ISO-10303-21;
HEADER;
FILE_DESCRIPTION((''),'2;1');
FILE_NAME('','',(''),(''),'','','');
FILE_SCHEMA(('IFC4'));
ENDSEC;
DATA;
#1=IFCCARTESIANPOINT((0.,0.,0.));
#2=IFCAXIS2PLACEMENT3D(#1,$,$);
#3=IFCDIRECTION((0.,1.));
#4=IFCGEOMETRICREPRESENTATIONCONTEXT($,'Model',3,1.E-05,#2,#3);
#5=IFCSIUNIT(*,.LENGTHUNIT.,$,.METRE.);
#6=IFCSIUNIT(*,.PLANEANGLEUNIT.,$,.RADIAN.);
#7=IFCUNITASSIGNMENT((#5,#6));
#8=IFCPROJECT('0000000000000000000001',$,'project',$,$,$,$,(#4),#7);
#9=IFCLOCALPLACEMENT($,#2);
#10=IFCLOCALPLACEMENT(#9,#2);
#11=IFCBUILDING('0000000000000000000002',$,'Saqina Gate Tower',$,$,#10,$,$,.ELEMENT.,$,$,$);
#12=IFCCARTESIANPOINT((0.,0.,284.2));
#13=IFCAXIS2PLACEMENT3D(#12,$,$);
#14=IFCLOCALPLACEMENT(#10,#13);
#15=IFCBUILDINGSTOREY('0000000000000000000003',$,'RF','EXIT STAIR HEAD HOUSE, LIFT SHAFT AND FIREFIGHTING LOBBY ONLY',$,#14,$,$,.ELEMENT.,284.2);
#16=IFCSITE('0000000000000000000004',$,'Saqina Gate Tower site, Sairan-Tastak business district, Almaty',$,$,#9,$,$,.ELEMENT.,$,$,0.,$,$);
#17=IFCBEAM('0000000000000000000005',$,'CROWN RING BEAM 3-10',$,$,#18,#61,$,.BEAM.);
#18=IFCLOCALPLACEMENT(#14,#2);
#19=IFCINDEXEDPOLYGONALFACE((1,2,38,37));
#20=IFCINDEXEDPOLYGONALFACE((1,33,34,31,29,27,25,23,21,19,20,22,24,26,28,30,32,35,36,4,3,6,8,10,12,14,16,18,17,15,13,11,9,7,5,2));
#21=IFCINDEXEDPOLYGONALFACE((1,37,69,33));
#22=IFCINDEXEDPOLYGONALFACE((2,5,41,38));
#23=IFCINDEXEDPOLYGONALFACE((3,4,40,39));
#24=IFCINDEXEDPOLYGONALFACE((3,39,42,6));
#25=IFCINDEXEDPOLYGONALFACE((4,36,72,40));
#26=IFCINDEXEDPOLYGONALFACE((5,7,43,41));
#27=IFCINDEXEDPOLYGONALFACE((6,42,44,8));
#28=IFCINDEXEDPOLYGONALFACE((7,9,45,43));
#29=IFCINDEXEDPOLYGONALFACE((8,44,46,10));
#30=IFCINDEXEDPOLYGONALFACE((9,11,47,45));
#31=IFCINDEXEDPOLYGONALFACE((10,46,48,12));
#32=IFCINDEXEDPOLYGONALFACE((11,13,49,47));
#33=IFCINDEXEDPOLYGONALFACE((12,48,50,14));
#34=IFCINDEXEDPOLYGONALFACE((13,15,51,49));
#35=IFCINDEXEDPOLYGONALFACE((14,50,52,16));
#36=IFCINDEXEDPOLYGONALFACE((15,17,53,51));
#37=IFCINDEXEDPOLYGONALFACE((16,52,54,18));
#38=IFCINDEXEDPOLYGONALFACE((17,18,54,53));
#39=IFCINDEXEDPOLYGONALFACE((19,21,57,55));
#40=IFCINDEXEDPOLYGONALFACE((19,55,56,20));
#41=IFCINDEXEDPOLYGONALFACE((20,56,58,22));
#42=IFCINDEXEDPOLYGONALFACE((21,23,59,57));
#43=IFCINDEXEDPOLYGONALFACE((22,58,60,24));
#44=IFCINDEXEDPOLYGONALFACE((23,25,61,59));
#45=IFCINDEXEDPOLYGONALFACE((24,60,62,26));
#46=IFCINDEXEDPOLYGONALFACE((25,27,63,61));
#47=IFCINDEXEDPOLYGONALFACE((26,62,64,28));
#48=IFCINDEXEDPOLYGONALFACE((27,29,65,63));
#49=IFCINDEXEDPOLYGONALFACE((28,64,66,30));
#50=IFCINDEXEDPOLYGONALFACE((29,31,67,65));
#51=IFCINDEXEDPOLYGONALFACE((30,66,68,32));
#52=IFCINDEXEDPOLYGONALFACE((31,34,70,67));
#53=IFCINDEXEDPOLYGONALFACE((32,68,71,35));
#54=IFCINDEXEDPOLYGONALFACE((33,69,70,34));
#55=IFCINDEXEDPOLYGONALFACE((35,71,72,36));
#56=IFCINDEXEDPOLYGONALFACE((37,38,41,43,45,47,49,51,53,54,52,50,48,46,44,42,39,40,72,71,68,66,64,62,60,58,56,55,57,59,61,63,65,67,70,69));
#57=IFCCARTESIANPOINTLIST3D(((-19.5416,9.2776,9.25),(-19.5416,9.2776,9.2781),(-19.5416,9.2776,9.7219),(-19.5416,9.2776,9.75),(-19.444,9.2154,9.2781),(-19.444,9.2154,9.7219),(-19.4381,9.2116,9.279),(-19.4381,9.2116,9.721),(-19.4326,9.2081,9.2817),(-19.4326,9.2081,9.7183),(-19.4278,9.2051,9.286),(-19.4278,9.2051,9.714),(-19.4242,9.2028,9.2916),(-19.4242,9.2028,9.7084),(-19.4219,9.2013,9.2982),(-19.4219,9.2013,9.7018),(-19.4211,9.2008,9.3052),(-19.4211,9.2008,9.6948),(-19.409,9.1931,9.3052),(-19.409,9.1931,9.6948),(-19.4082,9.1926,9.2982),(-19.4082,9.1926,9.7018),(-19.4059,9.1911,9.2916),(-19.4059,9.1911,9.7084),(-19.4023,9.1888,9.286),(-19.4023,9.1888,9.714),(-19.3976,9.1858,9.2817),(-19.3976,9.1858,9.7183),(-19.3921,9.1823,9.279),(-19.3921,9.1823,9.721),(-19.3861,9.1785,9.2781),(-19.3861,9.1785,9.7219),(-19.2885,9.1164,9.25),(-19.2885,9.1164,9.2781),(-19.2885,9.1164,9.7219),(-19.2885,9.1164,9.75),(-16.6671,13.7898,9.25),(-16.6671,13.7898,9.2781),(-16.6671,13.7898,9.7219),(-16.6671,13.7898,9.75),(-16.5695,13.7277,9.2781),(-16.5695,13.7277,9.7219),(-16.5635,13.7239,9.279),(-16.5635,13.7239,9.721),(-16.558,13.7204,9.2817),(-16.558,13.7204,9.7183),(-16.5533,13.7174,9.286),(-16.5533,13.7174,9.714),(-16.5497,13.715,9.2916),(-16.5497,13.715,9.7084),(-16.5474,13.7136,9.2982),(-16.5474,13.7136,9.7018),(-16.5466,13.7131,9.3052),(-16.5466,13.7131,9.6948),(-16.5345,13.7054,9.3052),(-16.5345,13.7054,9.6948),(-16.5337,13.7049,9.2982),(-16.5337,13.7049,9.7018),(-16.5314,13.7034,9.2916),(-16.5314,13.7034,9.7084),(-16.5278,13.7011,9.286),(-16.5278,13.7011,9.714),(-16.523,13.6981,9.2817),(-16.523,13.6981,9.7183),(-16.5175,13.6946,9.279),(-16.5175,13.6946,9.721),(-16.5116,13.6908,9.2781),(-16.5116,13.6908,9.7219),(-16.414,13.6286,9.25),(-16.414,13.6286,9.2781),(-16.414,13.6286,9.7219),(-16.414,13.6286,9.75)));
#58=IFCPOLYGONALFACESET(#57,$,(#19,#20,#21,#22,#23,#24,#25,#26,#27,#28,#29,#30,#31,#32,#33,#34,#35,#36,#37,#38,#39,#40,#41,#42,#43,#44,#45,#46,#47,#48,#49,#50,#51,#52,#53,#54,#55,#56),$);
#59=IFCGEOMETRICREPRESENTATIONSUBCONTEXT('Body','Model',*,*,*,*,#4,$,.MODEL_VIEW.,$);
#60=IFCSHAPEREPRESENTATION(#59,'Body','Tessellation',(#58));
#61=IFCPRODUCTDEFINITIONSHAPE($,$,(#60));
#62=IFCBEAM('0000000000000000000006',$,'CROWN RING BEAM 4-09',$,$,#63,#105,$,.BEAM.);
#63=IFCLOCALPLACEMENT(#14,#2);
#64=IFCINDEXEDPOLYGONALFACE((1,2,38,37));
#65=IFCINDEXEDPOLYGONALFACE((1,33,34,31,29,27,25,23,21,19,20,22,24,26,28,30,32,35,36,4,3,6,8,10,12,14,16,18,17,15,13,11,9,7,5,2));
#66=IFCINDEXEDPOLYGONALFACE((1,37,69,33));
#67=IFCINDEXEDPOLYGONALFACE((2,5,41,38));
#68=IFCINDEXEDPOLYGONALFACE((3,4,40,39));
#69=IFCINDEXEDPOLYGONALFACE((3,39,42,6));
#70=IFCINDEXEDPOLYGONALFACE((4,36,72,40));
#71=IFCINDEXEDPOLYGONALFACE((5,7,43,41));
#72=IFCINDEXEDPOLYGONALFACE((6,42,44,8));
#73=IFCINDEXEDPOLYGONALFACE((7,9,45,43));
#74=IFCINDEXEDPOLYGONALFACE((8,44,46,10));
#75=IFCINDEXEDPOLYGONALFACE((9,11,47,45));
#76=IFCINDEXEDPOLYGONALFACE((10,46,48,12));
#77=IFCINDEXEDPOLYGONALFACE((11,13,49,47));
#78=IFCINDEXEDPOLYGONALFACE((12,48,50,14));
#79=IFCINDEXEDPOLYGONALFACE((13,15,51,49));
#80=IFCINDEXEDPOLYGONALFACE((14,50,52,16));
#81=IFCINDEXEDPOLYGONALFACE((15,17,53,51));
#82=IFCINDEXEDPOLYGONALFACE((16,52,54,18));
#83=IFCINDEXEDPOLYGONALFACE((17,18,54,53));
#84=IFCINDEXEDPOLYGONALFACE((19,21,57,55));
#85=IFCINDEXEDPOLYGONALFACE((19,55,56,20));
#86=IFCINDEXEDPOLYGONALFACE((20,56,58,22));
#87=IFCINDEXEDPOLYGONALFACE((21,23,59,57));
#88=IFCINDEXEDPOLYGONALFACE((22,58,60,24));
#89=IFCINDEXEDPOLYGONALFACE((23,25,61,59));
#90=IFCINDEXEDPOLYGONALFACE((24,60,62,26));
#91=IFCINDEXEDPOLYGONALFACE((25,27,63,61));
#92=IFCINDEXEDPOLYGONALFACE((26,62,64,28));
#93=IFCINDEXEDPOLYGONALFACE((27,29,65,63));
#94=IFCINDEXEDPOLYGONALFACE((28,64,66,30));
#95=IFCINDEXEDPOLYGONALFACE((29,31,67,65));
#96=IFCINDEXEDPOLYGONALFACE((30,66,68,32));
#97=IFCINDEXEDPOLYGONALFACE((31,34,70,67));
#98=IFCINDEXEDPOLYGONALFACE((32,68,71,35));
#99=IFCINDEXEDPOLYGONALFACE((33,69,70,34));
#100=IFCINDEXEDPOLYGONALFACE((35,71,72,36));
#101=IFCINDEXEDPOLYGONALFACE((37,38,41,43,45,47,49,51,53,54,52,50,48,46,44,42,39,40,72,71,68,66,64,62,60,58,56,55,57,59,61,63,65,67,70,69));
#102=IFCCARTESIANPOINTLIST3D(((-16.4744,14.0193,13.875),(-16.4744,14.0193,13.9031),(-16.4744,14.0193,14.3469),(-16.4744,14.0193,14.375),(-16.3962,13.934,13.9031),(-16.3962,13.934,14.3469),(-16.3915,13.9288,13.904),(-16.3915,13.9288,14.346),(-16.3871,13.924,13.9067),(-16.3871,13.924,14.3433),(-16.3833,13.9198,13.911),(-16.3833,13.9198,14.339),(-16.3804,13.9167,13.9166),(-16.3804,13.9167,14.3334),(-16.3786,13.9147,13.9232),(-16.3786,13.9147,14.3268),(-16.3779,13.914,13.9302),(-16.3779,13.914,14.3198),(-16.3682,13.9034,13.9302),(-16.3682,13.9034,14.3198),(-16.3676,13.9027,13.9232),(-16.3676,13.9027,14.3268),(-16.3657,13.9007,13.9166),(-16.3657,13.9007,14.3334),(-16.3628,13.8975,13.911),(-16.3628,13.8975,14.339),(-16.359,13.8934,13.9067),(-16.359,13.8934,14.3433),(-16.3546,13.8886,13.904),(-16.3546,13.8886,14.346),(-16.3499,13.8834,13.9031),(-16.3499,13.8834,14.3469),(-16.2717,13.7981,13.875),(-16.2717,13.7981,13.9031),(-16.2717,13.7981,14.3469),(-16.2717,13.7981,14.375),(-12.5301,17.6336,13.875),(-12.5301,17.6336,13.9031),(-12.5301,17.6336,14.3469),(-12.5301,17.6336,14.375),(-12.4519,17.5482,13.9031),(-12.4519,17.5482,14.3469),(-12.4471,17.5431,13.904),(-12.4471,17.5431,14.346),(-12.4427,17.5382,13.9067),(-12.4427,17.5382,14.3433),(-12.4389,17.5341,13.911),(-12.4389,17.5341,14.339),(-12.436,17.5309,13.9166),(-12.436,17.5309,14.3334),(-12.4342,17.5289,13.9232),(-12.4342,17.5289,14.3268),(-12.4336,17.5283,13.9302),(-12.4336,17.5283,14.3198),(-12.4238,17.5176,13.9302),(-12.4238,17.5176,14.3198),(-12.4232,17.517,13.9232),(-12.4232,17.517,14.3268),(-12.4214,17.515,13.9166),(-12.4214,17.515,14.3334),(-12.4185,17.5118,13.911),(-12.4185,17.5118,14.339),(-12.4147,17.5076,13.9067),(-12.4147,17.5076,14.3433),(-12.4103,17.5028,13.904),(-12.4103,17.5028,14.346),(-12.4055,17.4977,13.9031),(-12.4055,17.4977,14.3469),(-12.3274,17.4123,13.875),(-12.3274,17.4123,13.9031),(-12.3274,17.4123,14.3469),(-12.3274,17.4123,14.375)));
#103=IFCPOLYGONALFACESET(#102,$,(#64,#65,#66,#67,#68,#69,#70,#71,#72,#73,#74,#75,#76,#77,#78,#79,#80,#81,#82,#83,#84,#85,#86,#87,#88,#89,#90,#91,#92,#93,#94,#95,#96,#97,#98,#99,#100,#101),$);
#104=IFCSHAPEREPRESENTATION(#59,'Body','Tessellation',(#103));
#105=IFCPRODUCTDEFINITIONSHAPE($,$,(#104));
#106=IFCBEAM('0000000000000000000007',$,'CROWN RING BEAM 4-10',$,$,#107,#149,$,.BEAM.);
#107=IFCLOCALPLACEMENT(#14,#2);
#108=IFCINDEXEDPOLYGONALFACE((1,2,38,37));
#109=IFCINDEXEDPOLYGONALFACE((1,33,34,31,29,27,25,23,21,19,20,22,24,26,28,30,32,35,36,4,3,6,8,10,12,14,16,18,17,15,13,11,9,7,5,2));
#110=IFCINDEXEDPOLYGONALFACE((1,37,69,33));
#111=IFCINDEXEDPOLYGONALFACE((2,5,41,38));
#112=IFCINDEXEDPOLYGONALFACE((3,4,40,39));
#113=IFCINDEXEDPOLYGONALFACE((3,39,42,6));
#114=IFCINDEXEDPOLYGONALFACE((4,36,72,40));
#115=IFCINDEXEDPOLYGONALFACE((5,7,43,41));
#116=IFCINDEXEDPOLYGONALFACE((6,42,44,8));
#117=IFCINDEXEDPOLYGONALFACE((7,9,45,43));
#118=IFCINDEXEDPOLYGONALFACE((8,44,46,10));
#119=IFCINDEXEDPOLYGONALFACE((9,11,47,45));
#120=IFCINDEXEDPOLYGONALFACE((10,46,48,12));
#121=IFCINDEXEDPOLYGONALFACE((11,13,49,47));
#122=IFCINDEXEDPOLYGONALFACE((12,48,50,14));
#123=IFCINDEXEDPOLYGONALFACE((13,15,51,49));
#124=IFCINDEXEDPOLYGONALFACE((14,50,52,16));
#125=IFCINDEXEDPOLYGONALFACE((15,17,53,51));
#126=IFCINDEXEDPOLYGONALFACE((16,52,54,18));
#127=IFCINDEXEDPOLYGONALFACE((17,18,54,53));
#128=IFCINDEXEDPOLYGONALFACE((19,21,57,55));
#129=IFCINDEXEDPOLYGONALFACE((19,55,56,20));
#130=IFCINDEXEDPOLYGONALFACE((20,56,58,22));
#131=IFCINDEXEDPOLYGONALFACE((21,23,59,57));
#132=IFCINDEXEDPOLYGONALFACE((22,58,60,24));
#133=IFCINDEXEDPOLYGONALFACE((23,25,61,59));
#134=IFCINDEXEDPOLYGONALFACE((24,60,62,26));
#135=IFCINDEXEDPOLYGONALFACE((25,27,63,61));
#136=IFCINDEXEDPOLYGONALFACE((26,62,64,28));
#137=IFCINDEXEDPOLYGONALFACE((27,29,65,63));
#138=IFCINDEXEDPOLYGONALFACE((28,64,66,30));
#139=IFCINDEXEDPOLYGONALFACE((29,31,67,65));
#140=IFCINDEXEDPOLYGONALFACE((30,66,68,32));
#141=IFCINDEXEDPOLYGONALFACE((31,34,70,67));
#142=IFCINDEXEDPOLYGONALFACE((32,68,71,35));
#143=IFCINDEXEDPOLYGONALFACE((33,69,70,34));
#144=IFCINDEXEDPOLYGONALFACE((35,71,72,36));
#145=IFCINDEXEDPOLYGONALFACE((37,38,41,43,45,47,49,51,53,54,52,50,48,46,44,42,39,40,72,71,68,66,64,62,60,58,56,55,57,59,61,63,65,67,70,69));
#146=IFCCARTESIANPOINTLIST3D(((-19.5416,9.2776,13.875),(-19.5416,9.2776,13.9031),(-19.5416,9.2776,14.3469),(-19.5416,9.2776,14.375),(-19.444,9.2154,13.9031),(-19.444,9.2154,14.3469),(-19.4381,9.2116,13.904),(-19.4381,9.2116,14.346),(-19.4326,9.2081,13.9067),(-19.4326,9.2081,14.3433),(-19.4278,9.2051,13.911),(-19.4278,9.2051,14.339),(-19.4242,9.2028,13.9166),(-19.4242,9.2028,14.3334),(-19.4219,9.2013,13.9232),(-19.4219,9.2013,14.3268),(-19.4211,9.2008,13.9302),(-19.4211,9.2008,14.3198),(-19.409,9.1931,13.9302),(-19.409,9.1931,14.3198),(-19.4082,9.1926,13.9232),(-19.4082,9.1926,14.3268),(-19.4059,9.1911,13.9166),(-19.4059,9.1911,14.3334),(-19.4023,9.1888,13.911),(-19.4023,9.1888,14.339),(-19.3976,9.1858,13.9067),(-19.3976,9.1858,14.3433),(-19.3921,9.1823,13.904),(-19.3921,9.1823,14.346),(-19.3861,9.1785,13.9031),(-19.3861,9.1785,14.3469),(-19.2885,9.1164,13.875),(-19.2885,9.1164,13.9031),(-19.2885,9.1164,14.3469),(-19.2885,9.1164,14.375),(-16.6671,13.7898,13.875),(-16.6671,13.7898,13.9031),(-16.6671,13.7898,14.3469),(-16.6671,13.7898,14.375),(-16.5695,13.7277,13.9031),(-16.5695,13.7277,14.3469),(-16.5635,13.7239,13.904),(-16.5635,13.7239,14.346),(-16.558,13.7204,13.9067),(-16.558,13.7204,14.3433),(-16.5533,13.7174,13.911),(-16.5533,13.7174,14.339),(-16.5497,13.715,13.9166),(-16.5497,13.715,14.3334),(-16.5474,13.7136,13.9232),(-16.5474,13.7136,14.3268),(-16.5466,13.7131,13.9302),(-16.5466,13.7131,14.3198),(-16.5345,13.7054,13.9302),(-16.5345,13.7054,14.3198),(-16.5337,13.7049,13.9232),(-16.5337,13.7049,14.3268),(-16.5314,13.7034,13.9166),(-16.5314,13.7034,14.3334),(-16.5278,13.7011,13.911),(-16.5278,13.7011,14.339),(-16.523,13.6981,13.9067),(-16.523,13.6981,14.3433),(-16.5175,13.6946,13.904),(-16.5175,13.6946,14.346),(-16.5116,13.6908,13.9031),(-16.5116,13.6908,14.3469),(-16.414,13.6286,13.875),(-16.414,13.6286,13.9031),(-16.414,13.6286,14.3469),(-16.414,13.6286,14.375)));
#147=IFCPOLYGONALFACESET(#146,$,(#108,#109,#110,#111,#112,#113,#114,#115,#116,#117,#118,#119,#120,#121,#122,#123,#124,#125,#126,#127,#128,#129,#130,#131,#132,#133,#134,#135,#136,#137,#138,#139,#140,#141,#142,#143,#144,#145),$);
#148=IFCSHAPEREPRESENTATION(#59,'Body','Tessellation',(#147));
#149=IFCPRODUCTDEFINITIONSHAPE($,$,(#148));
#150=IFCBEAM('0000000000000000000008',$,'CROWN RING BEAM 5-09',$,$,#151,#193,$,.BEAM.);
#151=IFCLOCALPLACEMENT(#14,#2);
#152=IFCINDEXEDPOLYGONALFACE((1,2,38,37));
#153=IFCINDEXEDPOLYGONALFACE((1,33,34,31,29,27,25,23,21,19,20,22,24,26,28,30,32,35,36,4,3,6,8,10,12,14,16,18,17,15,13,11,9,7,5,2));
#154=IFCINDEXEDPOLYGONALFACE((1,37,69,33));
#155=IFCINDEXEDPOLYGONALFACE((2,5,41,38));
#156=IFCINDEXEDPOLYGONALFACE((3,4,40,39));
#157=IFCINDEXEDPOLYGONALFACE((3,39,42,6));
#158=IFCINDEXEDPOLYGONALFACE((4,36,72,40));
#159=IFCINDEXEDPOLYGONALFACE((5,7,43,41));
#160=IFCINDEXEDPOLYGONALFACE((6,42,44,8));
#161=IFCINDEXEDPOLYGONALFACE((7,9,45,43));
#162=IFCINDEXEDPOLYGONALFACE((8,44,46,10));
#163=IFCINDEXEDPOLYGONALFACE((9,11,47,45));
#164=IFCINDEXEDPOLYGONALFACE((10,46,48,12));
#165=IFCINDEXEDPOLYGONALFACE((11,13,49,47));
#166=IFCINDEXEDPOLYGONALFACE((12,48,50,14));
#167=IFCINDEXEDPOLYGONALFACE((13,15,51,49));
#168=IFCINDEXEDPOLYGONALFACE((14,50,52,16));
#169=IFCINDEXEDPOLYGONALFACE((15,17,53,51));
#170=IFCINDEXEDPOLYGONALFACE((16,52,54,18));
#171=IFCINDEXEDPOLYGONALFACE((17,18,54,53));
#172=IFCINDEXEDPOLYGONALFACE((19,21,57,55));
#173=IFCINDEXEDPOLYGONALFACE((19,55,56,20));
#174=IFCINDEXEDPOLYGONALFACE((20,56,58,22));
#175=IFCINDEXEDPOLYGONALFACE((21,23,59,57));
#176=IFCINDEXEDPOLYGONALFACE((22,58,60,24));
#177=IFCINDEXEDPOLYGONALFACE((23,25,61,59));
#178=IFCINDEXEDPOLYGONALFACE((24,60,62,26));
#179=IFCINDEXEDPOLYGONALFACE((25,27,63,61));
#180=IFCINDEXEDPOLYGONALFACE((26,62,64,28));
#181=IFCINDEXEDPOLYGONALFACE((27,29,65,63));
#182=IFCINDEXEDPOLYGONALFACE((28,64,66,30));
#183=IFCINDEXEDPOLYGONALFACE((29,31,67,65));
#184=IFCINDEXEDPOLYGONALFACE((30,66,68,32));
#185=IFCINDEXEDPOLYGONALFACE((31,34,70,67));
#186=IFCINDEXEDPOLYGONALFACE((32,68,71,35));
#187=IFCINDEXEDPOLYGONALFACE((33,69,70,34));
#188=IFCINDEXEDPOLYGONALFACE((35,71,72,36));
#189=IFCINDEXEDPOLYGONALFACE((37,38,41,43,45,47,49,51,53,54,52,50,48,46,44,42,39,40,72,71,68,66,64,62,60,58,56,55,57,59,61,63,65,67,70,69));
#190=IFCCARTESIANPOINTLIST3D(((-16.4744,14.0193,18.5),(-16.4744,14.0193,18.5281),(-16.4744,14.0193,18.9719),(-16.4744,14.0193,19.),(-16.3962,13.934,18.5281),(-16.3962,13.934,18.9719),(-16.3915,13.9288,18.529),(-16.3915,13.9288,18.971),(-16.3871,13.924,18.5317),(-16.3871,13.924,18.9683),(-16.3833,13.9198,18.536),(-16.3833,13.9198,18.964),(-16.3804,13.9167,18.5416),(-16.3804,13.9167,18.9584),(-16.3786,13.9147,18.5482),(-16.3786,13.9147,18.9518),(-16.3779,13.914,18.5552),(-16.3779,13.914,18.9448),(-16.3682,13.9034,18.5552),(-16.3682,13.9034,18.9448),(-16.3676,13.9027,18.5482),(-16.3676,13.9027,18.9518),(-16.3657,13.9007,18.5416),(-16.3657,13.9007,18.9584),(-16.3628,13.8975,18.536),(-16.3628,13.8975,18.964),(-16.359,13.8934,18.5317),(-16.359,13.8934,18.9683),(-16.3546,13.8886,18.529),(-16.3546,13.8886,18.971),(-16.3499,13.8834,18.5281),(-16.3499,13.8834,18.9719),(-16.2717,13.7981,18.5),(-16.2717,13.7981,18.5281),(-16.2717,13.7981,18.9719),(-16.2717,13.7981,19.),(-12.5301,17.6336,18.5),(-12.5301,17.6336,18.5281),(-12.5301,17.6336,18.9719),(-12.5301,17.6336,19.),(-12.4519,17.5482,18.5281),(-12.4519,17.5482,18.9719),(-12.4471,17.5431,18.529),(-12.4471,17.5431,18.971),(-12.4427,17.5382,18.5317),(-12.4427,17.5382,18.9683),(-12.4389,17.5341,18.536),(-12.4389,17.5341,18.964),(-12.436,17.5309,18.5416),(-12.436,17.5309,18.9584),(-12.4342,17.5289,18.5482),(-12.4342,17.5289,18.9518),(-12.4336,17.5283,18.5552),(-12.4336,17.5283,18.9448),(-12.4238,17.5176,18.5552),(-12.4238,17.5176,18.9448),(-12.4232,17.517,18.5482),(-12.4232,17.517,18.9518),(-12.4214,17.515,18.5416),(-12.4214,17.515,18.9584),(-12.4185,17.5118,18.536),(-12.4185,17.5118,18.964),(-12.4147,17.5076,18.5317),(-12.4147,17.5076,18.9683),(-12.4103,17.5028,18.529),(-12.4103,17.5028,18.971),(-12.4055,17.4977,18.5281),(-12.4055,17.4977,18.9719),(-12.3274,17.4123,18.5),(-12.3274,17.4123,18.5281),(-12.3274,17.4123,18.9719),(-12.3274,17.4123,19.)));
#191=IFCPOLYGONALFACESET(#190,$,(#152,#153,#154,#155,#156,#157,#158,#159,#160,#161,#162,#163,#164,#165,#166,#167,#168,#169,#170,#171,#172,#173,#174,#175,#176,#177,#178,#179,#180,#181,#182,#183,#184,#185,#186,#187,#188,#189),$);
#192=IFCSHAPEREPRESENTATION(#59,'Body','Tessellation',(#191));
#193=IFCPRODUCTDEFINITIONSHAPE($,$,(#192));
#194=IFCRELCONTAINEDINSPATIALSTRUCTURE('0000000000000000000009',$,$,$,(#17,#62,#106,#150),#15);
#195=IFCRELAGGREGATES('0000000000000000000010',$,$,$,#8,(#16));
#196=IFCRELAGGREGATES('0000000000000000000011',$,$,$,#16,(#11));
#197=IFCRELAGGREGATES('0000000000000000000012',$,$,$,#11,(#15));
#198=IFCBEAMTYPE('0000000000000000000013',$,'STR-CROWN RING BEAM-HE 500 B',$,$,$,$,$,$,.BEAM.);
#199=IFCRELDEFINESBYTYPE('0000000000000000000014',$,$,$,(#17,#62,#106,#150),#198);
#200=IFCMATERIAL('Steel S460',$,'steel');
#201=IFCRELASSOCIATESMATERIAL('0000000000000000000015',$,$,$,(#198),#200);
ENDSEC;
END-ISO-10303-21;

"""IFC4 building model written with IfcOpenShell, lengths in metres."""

from ifc_helpers import new_model, si_unit, direction, frame, origin, origin_2d, place, context, subcontext, project, spatial, i_section, extrude, material, material_profile, profile_set, type_object, element, save


model = new_model("IFC4")

# Units and contexts
model_context = context("Model", 3, precision=1e-05, world=origin(), true_north=direction((0.0, 1.0)))
body_context = subcontext(model_context, "Body", "Model", "MODEL_VIEW")
ifc_project = project(units=[si_unit("LENGTHUNIT", "METRE"), si_unit("PLANEANGLEUNIT", "RADIAN")], contexts=[model_context])

# Site, building, storey
site_placement = place(None, origin())
site = spatial("IfcSite", under=ifc_project, at=site_placement, Name="Saqina Gate Tower site, Sairan-Tastak business district, Almaty", CompositionType="ELEMENT", RefElevation=0.0)
building_placement = place(site_placement, origin())
building = spatial("IfcBuilding", under=site, at=building_placement, Name="Saqina Gate Tower", CompositionType="ELEMENT")
storey_placement = place(building_placement, frame((0.0, 0.0, 284.2)))
storey = spatial("IfcBuildingStorey", under=building, at=storey_placement, Name="RF", Description="EXIT STAIR HEAD HOUSE, LIFT SHAFT AND FIREFIGHTING LOBBY ONLY", CompositionType="ELEMENT", Elevation=284.2)

# Beams
ifc_material_1 = material(Name="Steel S460", Category="steel")
ifc_material_profile_1 = material_profile(ifc_material_1, i_section(OverallWidth=0.3, OverallDepth=0.5, WebThickness=0.0144, FlangeThickness=0.0281, FilletRadius=0.0271, at=origin_2d()), Name="HE 500 B")
ifc_profile_set_1 = profile_set([ifc_material_profile_1], Name="Steel S460")
beam_type_1 = type_object("IfcBeamType", Name="STR-CROWN RING BEAM-HE 500 B", PredefinedType="BEAM", material=ifc_profile_set_1)
beam_1_placement = place(storey_placement, frame((-16.5405, 13.7092, 9.5), z_axis=(-0.537289, -0.843398, 0.0), x_axis=(0.843398, -0.537289, 0.0)))
element("IfcBeam", 1, at=beam_1_placement, inside=storey, type_object=beam_type_1, Name="CROWN RING BEAM 3-10", PredefinedType="BEAM", context=body_context, shape_type="SweptSolid", body=[
    extrude(i_section(OverallWidth=0.3, OverallDepth=0.5, WebThickness=0.0144, FlangeThickness=0.0281, FilletRadius=0.0271, at=origin_2d()), origin(), (0.0, 0.0, 1.0), 5.3501),
])
beam_2_placement = place(storey_placement, frame((-12.4287, 17.5229, 14.125), z_axis=(-0.737283, -0.675584, 0.0), x_axis=(0.675584, -0.737283, 0.0)))
element("IfcBeam", 2, at=beam_2_placement, inside=storey, type_object=beam_type_1, Name="CROWN RING BEAM 4-09", PredefinedType="BEAM", context=body_context, shape_type="SweptSolid", body=[
    extrude(i_section(OverallWidth=0.3, OverallDepth=0.5, WebThickness=0.0144, FlangeThickness=0.0281, FilletRadius=0.0271, at=origin_2d()), origin(), (0.0, 0.0, 1.0), 5.3499),
])
beam_3_placement = place(storey_placement, frame((-16.5405, 13.7092, 14.125), z_axis=(-0.537289, -0.843398, 0.0), x_axis=(0.843398, -0.537289, 0.0)))
element("IfcBeam", 3, at=beam_3_placement, inside=storey, type_object=beam_type_1, Name="CROWN RING BEAM 4-10", PredefinedType="BEAM", context=body_context, shape_type="SweptSolid", body=[
    extrude(i_section(OverallWidth=0.3, OverallDepth=0.5, WebThickness=0.0144, FlangeThickness=0.0281, FilletRadius=0.0271, at=origin_2d()), origin(), (0.0, 0.0, 1.0), 5.3501),
])
beam_4_placement = place(storey_placement, frame((-12.4287, 17.5229, 18.75), z_axis=(-0.737283, -0.675584, 0.0), x_axis=(0.675584, -0.737283, 0.0)))
element("IfcBeam", 4, at=beam_4_placement, inside=storey, type_object=beam_type_1, Name="CROWN RING BEAM 5-09", PredefinedType="BEAM", context=body_context, shape_type="SweptSolid", body=[
    extrude(i_section(OverallWidth=0.3, OverallDepth=0.5, WebThickness=0.0144, FlangeThickness=0.0281, FilletRadius=0.0271, at=origin_2d()), origin(), (0.0, 0.0, 1.0), 5.3499),
])

save(model, "model.ifc")
